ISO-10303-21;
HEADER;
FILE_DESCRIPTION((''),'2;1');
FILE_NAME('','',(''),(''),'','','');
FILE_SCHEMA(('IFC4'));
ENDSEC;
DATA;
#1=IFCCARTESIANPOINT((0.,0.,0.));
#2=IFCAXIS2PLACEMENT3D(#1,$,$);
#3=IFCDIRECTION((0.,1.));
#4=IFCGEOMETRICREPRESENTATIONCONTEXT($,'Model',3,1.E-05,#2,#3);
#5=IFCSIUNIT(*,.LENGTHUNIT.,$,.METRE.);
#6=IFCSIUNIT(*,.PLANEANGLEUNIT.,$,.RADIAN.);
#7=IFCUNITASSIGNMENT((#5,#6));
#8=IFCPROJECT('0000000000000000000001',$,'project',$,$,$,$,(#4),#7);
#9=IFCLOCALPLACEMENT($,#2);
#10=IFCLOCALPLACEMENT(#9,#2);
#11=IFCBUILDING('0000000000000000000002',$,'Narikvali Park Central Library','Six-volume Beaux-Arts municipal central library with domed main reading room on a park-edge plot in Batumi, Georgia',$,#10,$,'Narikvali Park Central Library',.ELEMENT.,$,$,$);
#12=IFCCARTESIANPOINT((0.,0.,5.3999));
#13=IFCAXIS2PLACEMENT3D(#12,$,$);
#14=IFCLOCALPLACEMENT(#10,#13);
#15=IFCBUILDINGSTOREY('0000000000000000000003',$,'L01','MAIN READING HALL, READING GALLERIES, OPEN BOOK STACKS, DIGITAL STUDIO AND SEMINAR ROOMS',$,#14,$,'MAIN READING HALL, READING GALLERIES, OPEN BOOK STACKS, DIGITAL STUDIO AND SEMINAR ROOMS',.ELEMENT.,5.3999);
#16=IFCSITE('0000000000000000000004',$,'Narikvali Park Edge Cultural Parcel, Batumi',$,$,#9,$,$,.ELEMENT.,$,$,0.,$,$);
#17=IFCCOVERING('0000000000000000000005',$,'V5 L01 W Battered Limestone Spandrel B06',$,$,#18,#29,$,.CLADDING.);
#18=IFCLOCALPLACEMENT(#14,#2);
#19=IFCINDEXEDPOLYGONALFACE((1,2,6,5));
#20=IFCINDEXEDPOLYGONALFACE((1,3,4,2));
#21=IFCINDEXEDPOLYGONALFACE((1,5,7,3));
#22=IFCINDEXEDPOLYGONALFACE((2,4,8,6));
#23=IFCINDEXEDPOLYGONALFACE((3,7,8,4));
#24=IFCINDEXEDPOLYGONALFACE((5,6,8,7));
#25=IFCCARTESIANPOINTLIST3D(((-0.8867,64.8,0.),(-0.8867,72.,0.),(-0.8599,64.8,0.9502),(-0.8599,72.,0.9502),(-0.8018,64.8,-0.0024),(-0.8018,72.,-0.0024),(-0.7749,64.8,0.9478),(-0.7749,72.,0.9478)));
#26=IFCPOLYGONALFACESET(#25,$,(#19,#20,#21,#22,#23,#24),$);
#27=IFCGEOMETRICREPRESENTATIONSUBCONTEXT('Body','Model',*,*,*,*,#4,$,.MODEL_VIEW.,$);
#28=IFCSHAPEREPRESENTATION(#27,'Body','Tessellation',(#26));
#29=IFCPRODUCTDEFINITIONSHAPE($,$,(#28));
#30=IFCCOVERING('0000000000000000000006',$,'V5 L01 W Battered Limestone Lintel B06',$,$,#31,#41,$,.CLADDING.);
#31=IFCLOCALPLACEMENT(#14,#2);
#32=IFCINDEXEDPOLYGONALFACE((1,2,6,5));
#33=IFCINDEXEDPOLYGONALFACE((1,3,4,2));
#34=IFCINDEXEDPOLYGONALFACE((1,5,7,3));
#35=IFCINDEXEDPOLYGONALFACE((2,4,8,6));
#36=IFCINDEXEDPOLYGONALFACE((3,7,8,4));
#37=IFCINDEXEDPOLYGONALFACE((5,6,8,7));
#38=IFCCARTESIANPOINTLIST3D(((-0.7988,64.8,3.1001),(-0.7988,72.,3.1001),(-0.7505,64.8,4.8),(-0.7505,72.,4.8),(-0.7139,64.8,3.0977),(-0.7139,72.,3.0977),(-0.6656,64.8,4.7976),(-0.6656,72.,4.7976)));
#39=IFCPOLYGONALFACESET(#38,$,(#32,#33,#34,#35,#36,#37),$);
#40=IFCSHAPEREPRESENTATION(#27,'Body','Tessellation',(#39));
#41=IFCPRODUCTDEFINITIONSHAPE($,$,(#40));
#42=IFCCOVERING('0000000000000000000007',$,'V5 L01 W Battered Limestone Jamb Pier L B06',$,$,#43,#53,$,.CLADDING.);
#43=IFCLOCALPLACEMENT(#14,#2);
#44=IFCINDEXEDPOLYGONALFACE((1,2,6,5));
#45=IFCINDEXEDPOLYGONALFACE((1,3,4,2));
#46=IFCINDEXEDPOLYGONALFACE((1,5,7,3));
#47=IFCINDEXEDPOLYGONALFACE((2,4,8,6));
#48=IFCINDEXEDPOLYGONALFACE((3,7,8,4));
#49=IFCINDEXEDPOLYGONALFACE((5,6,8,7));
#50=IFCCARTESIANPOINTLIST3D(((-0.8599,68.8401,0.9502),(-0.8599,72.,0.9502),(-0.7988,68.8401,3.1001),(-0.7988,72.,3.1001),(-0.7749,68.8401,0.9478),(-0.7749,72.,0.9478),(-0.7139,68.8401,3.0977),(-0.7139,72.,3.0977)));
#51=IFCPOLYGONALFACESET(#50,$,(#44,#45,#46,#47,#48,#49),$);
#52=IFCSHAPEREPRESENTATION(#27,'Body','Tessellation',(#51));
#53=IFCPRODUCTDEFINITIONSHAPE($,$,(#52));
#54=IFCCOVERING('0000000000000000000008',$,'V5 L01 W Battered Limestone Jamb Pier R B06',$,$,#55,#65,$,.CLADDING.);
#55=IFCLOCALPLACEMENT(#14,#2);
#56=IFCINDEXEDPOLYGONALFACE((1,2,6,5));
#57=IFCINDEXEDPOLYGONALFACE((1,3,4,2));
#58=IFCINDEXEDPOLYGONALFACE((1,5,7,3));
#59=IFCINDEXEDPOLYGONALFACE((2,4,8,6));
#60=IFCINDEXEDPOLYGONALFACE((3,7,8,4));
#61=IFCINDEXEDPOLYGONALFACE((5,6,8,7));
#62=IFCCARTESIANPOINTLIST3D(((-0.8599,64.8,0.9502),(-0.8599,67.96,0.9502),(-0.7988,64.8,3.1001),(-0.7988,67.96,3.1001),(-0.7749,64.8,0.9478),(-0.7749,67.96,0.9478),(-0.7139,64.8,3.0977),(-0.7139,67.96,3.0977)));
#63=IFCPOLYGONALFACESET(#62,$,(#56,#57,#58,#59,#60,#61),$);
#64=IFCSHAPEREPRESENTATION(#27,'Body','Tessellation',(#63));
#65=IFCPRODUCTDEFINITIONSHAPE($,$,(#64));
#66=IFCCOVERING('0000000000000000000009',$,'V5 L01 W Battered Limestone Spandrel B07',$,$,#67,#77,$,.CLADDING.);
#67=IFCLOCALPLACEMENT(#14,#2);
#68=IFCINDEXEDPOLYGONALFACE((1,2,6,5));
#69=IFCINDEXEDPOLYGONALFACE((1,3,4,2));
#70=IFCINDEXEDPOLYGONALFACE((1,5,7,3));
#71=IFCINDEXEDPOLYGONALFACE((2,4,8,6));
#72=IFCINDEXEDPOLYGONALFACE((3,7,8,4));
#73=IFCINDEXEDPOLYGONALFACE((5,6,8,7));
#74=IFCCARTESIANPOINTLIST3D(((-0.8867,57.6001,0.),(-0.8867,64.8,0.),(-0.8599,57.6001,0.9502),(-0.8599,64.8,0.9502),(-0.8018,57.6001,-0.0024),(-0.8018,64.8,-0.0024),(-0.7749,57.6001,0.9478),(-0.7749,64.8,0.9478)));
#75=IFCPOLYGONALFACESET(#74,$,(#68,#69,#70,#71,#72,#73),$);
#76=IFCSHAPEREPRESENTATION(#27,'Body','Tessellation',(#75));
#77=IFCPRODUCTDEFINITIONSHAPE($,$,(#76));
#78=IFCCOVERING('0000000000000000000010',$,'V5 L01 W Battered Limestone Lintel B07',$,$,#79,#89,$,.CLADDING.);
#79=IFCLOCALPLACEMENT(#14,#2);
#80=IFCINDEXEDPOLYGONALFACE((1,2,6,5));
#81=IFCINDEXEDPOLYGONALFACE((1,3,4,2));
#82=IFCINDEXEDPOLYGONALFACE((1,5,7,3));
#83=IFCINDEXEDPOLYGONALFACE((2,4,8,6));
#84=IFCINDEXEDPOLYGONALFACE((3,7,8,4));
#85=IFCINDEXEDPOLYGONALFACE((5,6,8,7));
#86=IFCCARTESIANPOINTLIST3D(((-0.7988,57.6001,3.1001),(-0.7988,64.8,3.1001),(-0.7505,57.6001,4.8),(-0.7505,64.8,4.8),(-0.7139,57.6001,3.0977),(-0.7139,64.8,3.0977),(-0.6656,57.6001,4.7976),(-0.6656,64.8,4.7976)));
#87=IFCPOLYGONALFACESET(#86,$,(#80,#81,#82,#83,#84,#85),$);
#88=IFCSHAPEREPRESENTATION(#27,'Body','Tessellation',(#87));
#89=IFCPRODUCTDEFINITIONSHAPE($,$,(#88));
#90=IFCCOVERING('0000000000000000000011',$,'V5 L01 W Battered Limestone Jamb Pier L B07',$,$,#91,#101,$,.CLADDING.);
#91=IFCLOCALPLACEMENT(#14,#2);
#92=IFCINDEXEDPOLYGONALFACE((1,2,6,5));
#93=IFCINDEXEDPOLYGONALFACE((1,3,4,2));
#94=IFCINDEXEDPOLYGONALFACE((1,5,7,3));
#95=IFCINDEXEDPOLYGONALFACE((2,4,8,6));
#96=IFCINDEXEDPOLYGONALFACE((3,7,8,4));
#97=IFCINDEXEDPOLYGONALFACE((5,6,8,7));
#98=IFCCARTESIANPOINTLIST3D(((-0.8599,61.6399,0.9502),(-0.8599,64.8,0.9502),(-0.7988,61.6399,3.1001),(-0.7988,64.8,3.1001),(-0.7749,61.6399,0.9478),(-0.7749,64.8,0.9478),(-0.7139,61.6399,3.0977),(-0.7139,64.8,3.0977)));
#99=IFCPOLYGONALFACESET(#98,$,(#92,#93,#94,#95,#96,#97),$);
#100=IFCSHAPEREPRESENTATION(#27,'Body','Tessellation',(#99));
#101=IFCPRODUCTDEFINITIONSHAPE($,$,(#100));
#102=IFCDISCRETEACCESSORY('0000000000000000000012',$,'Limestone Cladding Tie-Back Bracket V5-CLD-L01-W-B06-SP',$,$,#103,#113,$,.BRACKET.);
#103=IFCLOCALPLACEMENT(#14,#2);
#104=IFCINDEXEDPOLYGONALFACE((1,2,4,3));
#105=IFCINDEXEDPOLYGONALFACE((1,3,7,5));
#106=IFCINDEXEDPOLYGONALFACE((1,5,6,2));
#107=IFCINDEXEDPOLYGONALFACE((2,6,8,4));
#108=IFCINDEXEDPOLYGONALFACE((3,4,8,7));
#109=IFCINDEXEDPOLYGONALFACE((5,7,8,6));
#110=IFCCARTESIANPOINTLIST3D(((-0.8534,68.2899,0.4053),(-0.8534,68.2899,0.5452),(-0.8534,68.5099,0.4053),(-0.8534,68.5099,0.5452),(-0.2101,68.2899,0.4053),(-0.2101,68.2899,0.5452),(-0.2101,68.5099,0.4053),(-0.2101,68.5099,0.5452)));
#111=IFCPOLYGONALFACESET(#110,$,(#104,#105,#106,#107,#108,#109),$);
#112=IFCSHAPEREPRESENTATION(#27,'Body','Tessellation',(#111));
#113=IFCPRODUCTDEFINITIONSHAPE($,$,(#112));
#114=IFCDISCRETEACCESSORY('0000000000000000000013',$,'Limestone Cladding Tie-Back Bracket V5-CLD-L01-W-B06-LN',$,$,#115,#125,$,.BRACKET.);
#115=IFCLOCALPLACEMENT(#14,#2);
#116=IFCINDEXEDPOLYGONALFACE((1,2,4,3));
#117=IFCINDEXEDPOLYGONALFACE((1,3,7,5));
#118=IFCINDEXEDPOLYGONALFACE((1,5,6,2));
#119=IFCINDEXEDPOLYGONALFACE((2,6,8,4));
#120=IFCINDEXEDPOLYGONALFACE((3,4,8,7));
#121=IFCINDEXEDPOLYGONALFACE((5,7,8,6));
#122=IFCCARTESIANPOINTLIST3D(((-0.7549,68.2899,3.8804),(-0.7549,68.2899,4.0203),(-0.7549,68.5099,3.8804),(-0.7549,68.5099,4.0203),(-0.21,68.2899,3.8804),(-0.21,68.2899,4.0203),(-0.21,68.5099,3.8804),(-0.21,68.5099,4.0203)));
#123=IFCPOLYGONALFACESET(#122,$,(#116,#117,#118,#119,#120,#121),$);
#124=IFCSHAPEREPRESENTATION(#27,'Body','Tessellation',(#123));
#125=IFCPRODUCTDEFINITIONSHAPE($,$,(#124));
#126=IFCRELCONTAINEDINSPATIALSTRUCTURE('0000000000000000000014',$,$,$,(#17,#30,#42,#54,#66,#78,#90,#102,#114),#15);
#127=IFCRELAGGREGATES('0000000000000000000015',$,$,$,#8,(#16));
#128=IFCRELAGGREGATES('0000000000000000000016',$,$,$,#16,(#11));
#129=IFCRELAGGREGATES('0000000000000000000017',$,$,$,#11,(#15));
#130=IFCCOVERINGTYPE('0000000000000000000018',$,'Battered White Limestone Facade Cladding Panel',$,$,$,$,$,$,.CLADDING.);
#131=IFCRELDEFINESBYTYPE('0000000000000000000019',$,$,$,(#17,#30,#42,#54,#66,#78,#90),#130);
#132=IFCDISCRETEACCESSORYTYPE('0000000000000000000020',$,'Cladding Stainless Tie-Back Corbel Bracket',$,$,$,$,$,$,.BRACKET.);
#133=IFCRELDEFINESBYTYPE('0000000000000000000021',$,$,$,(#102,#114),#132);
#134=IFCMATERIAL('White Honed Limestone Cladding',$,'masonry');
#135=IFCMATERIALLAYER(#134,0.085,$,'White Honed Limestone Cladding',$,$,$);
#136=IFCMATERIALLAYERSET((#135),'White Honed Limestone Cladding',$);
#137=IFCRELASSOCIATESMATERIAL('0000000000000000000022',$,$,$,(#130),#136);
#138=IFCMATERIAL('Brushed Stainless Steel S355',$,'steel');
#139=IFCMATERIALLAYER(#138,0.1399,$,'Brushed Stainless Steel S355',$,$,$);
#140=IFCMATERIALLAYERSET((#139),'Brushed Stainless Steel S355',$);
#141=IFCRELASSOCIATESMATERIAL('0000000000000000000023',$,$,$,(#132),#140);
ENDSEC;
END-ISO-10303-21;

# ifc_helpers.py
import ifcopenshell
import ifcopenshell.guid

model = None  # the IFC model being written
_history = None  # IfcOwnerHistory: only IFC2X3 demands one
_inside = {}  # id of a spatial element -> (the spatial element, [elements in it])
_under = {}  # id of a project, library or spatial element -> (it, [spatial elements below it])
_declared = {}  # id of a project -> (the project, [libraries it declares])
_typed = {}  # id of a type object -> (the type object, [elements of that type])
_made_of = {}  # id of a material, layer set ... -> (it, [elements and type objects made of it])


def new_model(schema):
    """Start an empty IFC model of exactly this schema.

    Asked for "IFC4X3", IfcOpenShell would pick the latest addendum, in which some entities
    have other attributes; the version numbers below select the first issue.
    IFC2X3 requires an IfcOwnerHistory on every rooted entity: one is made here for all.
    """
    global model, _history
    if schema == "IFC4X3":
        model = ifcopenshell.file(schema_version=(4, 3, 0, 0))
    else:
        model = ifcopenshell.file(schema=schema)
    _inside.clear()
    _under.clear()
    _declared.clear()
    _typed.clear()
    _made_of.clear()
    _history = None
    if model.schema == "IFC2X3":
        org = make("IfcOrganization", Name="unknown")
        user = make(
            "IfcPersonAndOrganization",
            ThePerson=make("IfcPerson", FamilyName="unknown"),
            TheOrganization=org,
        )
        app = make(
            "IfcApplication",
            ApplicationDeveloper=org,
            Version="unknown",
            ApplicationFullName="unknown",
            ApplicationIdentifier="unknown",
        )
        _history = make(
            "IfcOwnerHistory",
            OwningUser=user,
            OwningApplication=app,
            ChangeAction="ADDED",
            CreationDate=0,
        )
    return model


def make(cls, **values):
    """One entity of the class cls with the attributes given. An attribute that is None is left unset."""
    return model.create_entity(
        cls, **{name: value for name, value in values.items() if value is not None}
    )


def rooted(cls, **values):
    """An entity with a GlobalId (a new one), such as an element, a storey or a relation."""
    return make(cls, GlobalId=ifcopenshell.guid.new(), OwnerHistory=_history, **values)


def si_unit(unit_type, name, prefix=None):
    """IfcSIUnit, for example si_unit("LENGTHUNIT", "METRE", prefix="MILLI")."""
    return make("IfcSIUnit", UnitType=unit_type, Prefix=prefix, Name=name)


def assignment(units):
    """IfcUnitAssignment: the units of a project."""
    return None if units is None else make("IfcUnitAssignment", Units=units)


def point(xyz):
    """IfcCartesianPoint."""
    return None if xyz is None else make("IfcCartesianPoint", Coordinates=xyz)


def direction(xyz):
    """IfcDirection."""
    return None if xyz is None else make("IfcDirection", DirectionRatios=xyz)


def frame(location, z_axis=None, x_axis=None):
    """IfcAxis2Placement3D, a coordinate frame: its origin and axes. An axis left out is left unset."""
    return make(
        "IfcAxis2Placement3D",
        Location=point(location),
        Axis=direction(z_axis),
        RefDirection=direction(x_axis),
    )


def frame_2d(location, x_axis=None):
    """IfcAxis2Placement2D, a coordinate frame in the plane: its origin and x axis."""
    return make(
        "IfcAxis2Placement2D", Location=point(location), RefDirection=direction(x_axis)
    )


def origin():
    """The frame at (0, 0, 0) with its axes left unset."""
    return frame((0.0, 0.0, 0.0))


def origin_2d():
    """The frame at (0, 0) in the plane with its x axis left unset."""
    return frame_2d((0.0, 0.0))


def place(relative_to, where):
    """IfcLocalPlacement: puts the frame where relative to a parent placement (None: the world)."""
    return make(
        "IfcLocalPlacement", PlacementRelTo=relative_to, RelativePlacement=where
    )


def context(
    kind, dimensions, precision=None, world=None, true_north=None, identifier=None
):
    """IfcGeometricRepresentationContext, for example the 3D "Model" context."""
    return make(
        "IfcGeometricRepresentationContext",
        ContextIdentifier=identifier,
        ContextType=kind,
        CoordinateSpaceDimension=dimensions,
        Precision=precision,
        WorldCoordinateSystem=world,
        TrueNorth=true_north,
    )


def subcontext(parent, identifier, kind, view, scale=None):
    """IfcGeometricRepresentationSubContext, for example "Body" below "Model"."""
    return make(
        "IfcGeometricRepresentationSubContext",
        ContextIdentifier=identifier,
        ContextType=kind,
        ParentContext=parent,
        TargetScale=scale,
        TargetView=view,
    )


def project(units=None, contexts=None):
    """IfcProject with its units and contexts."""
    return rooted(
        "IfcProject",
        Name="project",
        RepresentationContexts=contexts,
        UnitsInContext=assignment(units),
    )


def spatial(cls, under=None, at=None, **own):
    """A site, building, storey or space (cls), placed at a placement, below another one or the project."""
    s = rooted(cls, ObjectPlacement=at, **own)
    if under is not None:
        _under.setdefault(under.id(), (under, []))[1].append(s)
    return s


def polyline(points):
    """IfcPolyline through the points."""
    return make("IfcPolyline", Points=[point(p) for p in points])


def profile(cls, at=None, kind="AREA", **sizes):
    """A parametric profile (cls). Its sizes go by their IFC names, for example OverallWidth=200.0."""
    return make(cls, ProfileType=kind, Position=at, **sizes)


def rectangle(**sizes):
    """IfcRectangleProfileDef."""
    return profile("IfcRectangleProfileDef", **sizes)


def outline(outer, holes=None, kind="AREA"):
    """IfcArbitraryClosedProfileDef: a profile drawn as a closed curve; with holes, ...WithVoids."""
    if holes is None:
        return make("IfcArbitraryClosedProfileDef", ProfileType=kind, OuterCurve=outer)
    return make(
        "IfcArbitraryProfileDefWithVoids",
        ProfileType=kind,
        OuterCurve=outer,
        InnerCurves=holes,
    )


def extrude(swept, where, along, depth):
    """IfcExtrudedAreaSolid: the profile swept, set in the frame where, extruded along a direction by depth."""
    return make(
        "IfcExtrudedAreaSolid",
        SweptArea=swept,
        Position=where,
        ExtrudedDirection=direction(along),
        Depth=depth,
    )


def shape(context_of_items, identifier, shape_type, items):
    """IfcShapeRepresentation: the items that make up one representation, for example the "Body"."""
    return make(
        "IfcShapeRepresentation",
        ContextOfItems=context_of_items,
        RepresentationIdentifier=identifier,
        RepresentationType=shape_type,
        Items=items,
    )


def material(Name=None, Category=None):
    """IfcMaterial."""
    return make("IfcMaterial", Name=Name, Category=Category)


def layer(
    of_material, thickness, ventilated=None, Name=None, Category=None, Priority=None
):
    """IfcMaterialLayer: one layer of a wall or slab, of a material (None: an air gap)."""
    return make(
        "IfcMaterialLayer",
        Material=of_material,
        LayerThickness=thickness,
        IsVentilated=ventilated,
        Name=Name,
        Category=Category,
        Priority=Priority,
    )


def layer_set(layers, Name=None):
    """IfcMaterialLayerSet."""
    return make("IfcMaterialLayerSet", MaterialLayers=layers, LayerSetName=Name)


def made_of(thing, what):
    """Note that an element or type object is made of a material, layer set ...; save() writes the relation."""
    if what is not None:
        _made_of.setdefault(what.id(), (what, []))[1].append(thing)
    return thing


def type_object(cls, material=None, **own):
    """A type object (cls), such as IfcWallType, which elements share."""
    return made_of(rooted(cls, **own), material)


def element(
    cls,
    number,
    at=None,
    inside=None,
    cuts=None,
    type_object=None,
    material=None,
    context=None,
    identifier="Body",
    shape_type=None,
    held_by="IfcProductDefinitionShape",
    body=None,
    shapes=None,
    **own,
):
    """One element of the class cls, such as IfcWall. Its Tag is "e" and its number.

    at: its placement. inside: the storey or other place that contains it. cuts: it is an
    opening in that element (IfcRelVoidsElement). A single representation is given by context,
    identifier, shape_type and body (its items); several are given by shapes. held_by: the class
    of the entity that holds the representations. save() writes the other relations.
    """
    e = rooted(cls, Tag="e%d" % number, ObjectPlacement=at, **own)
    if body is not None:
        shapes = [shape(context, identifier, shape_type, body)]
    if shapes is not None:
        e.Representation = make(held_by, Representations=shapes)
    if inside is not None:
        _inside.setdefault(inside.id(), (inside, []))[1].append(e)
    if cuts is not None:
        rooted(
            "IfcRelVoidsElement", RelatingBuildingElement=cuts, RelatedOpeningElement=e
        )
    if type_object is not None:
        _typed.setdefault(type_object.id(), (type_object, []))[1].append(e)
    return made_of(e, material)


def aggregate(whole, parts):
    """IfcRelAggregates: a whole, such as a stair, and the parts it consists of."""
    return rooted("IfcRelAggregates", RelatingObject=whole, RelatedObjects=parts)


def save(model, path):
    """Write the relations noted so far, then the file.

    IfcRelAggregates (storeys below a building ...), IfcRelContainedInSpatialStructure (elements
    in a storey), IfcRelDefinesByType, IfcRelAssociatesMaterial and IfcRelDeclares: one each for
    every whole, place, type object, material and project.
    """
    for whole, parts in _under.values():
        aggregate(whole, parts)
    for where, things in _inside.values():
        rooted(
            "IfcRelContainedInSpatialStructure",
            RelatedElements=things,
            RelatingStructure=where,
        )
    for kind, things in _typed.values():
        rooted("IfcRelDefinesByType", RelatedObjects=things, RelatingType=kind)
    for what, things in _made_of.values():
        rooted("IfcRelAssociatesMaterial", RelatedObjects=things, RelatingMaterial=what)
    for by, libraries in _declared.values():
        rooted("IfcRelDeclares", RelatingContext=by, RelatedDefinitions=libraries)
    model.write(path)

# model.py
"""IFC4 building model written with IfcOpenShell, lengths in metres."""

from ifc_helpers import new_model, si_unit, direction, frame, origin, origin_2d, place, context, subcontext, project, spatial, polyline, rectangle, outline, extrude, material, layer, layer_set, type_object, element, save


model = new_model("IFC4")

# Units and contexts
model_context = context("Model", 3, precision=1e-05, world=origin(), true_north=direction((0.0, 1.0)))
body_context = subcontext(model_context, "Body", "Model", "MODEL_VIEW")
ifc_project = project(units=[si_unit("LENGTHUNIT", "METRE"), si_unit("PLANEANGLEUNIT", "RADIAN")], contexts=[model_context])

# Site, building, storey
site_placement = place(None, origin())
site = spatial("IfcSite", under=ifc_project, at=site_placement, Name="Narikvali Park Edge Cultural Parcel, Batumi", CompositionType="ELEMENT", RefElevation=0.0)
building_placement = place(site_placement, origin())
building = spatial("IfcBuilding", under=site, at=building_placement, Name="Narikvali Park Central Library", Description="Six-volume Beaux-Arts municipal central library with domed main reading room on a park-edge plot in Batumi, Georgia", LongName="Narikvali Park Central Library", CompositionType="ELEMENT")
storey_placement = place(building_placement, frame((0.0, 0.0, 5.3999)))
storey = spatial("IfcBuildingStorey", under=building, at=storey_placement, Name="L01", Description="MAIN READING HALL, READING GALLERIES, OPEN BOOK STACKS, DIGITAL STUDIO AND SEMINAR ROOMS", LongName="MAIN READING HALL, READING GALLERIES, OPEN BOOK STACKS, DIGITAL STUDIO AND SEMINAR ROOMS", CompositionType="ELEMENT", Elevation=5.3999)

# Coverings
ifc_material_1 = material(Name="White Honed Limestone Cladding", Category="masonry")
ifc_layer_1 = layer(ifc_material_1, 0.085, Name="White Honed Limestone Cladding")
ifc_layer_set_1 = layer_set([ifc_layer_1], Name="White Honed Limestone Cladding")
covering_type = type_object("IfcCoveringType", Name="Battered White Limestone Facade Cladding Panel", PredefinedType="CLADDING", material=ifc_layer_set_1)
covering_1_placement = place(storey_placement, frame((-0.8867, 72.0, 0.0), z_axis=(-0.999601, 0.0, 0.028252), x_axis=(0.0, -1.0, 0.0)))
element("IfcCovering", 1, at=covering_1_placement, inside=storey, type_object=covering_type, Name="V5 L01 W Battered Limestone Spandrel B06", PredefinedType="CLADDING", context=body_context, shape_type="SweptSolid", body=[
    extrude(outline(polyline([(0.0, 0.0), (7.2, 0.0), (7.2, 0.9506), (0.0, 0.9506), (0.0, 0.0)])), origin(), (0.0, 0.0, -1.0), 0.085),
])
covering_2_placement = place(storey_placement, frame((-0.7988, 72.0, 3.1001), z_axis=(-0.999596, 0.0, 0.028425), x_axis=(0.0, -1.0, 0.0)))
element("IfcCovering", 2, at=covering_2_placement, inside=storey, type_object=covering_type, Name="V5 L01 W Battered Limestone Lintel B06", PredefinedType="CLADDING", context=body_context, shape_type="SweptSolid", body=[
    extrude(outline(polyline([(0.0, 0.0), (7.2, 0.0), (7.2, 1.7006), (0.0, 1.7006), (0.0, 0.0)])), origin(), (0.0, 0.0, -1.0), 0.085),
])
for number, where, z_axis, x_axis, name in (
    (3, (-0.8599, 72.0, 0.9502), (-0.999597, 0.0, 0.028378), (0.0, -1.0, 0.0), "V5 L01 W Battered Limestone Jamb Pier L B06"),
    (4, (-0.8599, 67.96, 0.9502), (-0.999597, 0.0, 0.028378), (0.0, -1.0, 0.0), "V5 L01 W Battered Limestone Jamb Pier R B06"),
):
    element("IfcCovering", number, at=place(storey_placement, frame(where, z_axis=z_axis, x_axis=x_axis)), inside=storey, type_object=covering_type, Name=name, PredefinedType="CLADDING", context=body_context, shape_type="SweptSolid", body=[
        extrude(outline(polyline([(0.0, 0.0), (3.1599, 0.0), (3.1599, 2.1508), (0.0, 2.1508), (0.0, 0.0)])), origin(), (0.0, 0.0, -1.0), 0.085),
    ])
covering_3_placement = place(storey_placement, frame((-0.8867, 64.8, 0.0), z_axis=(-0.999601, 0.0, 0.028252), x_axis=(0.0, -1.0, 0.0)))
element("IfcCovering", 5, at=covering_3_placement, inside=storey, type_object=covering_type, Name="V5 L01 W Battered Limestone Spandrel B07", PredefinedType="CLADDING", context=body_context, shape_type="SweptSolid", body=[
    extrude(outline(polyline([(0.0, 0.0), (7.2, 0.0), (7.2, 0.9506), (0.0, 0.9506), (0.0, 0.0)])), origin(), (0.0, 0.0, -1.0), 0.085),
])
covering_4_placement = place(storey_placement, frame((-0.7988, 64.8, 3.1001), z_axis=(-0.999596, 0.0, 0.028425), x_axis=(0.0, -1.0, 0.0)))
element("IfcCovering", 6, at=covering_4_placement, inside=storey, type_object=covering_type, Name="V5 L01 W Battered Limestone Lintel B07", PredefinedType="CLADDING", context=body_context, shape_type="SweptSolid", body=[
    extrude(outline(polyline([(0.0, 0.0), (7.2, 0.0), (7.2, 1.7006), (0.0, 1.7006), (0.0, 0.0)])), origin(), (0.0, 0.0, -1.0), 0.085),
])
covering_5_placement = place(storey_placement, frame((-0.8599, 64.8, 0.9502), z_axis=(-0.999597, 0.0, 0.028378), x_axis=(0.0, -1.0, 0.0)))
element("IfcCovering", 7, at=covering_5_placement, inside=storey, type_object=covering_type, Name="V5 L01 W Battered Limestone Jamb Pier L B07", PredefinedType="CLADDING", context=body_context, shape_type="SweptSolid", body=[
    extrude(outline(polyline([(0.0, 0.0), (3.1602, 0.0), (3.1602, 2.1508), (0.0, 2.1508), (0.0, 0.0)])), origin(), (0.0, 0.0, -1.0), 0.085),
])

# Discrete accessories
ifc_material_2 = material(Name="Brushed Stainless Steel S355", Category="steel")
ifc_layer_2 = layer(ifc_material_2, 0.1399, Name="Brushed Stainless Steel S355")
ifc_layer_set_2 = layer_set([ifc_layer_2], Name="Brushed Stainless Steel S355")
discrete_accessory_type = type_object("IfcDiscreteAccessoryType", Name="Cladding Stainless Tie-Back Corbel Bracket", PredefinedType="BRACKET", material=ifc_layer_set_2)
discrete_accessory_1_placement = place(storey_placement, frame((-0.5317, 68.3999, 0.4053), z_axis=(0.0, 0.0, 1.0), x_axis=(1.0, 0.0, 0.0)))
element("IfcDiscreteAccessory", 8, at=discrete_accessory_1_placement, inside=storey, type_object=discrete_accessory_type, Name="Limestone Cladding Tie-Back Bracket V5-CLD-L01-W-B06-SP", PredefinedType="BRACKET", context=body_context, shape_type="SweptSolid", body=[
    extrude(rectangle(XDim=0.6433, YDim=0.22, at=origin_2d()), origin(), (0.0, 0.0, 1.0), 0.1399),
])
discrete_accessory_2_placement = place(storey_placement, frame((-0.4824, 68.3999, 3.8804), z_axis=(0.0, 0.0, 1.0), x_axis=(1.0, 0.0, 0.0)))
element("IfcDiscreteAccessory", 9, at=discrete_accessory_2_placement, inside=storey, type_object=discrete_accessory_type, Name="Limestone Cladding Tie-Back Bracket V5-CLD-L01-W-B06-LN", PredefinedType="BRACKET", context=body_context, shape_type="SweptSolid", body=[
    extrude(rectangle(XDim=0.5449, YDim=0.22, at=origin_2d()), origin(), (0.0, 0.0, 1.0), 0.1399),
])

save(model, "model.ifc")
